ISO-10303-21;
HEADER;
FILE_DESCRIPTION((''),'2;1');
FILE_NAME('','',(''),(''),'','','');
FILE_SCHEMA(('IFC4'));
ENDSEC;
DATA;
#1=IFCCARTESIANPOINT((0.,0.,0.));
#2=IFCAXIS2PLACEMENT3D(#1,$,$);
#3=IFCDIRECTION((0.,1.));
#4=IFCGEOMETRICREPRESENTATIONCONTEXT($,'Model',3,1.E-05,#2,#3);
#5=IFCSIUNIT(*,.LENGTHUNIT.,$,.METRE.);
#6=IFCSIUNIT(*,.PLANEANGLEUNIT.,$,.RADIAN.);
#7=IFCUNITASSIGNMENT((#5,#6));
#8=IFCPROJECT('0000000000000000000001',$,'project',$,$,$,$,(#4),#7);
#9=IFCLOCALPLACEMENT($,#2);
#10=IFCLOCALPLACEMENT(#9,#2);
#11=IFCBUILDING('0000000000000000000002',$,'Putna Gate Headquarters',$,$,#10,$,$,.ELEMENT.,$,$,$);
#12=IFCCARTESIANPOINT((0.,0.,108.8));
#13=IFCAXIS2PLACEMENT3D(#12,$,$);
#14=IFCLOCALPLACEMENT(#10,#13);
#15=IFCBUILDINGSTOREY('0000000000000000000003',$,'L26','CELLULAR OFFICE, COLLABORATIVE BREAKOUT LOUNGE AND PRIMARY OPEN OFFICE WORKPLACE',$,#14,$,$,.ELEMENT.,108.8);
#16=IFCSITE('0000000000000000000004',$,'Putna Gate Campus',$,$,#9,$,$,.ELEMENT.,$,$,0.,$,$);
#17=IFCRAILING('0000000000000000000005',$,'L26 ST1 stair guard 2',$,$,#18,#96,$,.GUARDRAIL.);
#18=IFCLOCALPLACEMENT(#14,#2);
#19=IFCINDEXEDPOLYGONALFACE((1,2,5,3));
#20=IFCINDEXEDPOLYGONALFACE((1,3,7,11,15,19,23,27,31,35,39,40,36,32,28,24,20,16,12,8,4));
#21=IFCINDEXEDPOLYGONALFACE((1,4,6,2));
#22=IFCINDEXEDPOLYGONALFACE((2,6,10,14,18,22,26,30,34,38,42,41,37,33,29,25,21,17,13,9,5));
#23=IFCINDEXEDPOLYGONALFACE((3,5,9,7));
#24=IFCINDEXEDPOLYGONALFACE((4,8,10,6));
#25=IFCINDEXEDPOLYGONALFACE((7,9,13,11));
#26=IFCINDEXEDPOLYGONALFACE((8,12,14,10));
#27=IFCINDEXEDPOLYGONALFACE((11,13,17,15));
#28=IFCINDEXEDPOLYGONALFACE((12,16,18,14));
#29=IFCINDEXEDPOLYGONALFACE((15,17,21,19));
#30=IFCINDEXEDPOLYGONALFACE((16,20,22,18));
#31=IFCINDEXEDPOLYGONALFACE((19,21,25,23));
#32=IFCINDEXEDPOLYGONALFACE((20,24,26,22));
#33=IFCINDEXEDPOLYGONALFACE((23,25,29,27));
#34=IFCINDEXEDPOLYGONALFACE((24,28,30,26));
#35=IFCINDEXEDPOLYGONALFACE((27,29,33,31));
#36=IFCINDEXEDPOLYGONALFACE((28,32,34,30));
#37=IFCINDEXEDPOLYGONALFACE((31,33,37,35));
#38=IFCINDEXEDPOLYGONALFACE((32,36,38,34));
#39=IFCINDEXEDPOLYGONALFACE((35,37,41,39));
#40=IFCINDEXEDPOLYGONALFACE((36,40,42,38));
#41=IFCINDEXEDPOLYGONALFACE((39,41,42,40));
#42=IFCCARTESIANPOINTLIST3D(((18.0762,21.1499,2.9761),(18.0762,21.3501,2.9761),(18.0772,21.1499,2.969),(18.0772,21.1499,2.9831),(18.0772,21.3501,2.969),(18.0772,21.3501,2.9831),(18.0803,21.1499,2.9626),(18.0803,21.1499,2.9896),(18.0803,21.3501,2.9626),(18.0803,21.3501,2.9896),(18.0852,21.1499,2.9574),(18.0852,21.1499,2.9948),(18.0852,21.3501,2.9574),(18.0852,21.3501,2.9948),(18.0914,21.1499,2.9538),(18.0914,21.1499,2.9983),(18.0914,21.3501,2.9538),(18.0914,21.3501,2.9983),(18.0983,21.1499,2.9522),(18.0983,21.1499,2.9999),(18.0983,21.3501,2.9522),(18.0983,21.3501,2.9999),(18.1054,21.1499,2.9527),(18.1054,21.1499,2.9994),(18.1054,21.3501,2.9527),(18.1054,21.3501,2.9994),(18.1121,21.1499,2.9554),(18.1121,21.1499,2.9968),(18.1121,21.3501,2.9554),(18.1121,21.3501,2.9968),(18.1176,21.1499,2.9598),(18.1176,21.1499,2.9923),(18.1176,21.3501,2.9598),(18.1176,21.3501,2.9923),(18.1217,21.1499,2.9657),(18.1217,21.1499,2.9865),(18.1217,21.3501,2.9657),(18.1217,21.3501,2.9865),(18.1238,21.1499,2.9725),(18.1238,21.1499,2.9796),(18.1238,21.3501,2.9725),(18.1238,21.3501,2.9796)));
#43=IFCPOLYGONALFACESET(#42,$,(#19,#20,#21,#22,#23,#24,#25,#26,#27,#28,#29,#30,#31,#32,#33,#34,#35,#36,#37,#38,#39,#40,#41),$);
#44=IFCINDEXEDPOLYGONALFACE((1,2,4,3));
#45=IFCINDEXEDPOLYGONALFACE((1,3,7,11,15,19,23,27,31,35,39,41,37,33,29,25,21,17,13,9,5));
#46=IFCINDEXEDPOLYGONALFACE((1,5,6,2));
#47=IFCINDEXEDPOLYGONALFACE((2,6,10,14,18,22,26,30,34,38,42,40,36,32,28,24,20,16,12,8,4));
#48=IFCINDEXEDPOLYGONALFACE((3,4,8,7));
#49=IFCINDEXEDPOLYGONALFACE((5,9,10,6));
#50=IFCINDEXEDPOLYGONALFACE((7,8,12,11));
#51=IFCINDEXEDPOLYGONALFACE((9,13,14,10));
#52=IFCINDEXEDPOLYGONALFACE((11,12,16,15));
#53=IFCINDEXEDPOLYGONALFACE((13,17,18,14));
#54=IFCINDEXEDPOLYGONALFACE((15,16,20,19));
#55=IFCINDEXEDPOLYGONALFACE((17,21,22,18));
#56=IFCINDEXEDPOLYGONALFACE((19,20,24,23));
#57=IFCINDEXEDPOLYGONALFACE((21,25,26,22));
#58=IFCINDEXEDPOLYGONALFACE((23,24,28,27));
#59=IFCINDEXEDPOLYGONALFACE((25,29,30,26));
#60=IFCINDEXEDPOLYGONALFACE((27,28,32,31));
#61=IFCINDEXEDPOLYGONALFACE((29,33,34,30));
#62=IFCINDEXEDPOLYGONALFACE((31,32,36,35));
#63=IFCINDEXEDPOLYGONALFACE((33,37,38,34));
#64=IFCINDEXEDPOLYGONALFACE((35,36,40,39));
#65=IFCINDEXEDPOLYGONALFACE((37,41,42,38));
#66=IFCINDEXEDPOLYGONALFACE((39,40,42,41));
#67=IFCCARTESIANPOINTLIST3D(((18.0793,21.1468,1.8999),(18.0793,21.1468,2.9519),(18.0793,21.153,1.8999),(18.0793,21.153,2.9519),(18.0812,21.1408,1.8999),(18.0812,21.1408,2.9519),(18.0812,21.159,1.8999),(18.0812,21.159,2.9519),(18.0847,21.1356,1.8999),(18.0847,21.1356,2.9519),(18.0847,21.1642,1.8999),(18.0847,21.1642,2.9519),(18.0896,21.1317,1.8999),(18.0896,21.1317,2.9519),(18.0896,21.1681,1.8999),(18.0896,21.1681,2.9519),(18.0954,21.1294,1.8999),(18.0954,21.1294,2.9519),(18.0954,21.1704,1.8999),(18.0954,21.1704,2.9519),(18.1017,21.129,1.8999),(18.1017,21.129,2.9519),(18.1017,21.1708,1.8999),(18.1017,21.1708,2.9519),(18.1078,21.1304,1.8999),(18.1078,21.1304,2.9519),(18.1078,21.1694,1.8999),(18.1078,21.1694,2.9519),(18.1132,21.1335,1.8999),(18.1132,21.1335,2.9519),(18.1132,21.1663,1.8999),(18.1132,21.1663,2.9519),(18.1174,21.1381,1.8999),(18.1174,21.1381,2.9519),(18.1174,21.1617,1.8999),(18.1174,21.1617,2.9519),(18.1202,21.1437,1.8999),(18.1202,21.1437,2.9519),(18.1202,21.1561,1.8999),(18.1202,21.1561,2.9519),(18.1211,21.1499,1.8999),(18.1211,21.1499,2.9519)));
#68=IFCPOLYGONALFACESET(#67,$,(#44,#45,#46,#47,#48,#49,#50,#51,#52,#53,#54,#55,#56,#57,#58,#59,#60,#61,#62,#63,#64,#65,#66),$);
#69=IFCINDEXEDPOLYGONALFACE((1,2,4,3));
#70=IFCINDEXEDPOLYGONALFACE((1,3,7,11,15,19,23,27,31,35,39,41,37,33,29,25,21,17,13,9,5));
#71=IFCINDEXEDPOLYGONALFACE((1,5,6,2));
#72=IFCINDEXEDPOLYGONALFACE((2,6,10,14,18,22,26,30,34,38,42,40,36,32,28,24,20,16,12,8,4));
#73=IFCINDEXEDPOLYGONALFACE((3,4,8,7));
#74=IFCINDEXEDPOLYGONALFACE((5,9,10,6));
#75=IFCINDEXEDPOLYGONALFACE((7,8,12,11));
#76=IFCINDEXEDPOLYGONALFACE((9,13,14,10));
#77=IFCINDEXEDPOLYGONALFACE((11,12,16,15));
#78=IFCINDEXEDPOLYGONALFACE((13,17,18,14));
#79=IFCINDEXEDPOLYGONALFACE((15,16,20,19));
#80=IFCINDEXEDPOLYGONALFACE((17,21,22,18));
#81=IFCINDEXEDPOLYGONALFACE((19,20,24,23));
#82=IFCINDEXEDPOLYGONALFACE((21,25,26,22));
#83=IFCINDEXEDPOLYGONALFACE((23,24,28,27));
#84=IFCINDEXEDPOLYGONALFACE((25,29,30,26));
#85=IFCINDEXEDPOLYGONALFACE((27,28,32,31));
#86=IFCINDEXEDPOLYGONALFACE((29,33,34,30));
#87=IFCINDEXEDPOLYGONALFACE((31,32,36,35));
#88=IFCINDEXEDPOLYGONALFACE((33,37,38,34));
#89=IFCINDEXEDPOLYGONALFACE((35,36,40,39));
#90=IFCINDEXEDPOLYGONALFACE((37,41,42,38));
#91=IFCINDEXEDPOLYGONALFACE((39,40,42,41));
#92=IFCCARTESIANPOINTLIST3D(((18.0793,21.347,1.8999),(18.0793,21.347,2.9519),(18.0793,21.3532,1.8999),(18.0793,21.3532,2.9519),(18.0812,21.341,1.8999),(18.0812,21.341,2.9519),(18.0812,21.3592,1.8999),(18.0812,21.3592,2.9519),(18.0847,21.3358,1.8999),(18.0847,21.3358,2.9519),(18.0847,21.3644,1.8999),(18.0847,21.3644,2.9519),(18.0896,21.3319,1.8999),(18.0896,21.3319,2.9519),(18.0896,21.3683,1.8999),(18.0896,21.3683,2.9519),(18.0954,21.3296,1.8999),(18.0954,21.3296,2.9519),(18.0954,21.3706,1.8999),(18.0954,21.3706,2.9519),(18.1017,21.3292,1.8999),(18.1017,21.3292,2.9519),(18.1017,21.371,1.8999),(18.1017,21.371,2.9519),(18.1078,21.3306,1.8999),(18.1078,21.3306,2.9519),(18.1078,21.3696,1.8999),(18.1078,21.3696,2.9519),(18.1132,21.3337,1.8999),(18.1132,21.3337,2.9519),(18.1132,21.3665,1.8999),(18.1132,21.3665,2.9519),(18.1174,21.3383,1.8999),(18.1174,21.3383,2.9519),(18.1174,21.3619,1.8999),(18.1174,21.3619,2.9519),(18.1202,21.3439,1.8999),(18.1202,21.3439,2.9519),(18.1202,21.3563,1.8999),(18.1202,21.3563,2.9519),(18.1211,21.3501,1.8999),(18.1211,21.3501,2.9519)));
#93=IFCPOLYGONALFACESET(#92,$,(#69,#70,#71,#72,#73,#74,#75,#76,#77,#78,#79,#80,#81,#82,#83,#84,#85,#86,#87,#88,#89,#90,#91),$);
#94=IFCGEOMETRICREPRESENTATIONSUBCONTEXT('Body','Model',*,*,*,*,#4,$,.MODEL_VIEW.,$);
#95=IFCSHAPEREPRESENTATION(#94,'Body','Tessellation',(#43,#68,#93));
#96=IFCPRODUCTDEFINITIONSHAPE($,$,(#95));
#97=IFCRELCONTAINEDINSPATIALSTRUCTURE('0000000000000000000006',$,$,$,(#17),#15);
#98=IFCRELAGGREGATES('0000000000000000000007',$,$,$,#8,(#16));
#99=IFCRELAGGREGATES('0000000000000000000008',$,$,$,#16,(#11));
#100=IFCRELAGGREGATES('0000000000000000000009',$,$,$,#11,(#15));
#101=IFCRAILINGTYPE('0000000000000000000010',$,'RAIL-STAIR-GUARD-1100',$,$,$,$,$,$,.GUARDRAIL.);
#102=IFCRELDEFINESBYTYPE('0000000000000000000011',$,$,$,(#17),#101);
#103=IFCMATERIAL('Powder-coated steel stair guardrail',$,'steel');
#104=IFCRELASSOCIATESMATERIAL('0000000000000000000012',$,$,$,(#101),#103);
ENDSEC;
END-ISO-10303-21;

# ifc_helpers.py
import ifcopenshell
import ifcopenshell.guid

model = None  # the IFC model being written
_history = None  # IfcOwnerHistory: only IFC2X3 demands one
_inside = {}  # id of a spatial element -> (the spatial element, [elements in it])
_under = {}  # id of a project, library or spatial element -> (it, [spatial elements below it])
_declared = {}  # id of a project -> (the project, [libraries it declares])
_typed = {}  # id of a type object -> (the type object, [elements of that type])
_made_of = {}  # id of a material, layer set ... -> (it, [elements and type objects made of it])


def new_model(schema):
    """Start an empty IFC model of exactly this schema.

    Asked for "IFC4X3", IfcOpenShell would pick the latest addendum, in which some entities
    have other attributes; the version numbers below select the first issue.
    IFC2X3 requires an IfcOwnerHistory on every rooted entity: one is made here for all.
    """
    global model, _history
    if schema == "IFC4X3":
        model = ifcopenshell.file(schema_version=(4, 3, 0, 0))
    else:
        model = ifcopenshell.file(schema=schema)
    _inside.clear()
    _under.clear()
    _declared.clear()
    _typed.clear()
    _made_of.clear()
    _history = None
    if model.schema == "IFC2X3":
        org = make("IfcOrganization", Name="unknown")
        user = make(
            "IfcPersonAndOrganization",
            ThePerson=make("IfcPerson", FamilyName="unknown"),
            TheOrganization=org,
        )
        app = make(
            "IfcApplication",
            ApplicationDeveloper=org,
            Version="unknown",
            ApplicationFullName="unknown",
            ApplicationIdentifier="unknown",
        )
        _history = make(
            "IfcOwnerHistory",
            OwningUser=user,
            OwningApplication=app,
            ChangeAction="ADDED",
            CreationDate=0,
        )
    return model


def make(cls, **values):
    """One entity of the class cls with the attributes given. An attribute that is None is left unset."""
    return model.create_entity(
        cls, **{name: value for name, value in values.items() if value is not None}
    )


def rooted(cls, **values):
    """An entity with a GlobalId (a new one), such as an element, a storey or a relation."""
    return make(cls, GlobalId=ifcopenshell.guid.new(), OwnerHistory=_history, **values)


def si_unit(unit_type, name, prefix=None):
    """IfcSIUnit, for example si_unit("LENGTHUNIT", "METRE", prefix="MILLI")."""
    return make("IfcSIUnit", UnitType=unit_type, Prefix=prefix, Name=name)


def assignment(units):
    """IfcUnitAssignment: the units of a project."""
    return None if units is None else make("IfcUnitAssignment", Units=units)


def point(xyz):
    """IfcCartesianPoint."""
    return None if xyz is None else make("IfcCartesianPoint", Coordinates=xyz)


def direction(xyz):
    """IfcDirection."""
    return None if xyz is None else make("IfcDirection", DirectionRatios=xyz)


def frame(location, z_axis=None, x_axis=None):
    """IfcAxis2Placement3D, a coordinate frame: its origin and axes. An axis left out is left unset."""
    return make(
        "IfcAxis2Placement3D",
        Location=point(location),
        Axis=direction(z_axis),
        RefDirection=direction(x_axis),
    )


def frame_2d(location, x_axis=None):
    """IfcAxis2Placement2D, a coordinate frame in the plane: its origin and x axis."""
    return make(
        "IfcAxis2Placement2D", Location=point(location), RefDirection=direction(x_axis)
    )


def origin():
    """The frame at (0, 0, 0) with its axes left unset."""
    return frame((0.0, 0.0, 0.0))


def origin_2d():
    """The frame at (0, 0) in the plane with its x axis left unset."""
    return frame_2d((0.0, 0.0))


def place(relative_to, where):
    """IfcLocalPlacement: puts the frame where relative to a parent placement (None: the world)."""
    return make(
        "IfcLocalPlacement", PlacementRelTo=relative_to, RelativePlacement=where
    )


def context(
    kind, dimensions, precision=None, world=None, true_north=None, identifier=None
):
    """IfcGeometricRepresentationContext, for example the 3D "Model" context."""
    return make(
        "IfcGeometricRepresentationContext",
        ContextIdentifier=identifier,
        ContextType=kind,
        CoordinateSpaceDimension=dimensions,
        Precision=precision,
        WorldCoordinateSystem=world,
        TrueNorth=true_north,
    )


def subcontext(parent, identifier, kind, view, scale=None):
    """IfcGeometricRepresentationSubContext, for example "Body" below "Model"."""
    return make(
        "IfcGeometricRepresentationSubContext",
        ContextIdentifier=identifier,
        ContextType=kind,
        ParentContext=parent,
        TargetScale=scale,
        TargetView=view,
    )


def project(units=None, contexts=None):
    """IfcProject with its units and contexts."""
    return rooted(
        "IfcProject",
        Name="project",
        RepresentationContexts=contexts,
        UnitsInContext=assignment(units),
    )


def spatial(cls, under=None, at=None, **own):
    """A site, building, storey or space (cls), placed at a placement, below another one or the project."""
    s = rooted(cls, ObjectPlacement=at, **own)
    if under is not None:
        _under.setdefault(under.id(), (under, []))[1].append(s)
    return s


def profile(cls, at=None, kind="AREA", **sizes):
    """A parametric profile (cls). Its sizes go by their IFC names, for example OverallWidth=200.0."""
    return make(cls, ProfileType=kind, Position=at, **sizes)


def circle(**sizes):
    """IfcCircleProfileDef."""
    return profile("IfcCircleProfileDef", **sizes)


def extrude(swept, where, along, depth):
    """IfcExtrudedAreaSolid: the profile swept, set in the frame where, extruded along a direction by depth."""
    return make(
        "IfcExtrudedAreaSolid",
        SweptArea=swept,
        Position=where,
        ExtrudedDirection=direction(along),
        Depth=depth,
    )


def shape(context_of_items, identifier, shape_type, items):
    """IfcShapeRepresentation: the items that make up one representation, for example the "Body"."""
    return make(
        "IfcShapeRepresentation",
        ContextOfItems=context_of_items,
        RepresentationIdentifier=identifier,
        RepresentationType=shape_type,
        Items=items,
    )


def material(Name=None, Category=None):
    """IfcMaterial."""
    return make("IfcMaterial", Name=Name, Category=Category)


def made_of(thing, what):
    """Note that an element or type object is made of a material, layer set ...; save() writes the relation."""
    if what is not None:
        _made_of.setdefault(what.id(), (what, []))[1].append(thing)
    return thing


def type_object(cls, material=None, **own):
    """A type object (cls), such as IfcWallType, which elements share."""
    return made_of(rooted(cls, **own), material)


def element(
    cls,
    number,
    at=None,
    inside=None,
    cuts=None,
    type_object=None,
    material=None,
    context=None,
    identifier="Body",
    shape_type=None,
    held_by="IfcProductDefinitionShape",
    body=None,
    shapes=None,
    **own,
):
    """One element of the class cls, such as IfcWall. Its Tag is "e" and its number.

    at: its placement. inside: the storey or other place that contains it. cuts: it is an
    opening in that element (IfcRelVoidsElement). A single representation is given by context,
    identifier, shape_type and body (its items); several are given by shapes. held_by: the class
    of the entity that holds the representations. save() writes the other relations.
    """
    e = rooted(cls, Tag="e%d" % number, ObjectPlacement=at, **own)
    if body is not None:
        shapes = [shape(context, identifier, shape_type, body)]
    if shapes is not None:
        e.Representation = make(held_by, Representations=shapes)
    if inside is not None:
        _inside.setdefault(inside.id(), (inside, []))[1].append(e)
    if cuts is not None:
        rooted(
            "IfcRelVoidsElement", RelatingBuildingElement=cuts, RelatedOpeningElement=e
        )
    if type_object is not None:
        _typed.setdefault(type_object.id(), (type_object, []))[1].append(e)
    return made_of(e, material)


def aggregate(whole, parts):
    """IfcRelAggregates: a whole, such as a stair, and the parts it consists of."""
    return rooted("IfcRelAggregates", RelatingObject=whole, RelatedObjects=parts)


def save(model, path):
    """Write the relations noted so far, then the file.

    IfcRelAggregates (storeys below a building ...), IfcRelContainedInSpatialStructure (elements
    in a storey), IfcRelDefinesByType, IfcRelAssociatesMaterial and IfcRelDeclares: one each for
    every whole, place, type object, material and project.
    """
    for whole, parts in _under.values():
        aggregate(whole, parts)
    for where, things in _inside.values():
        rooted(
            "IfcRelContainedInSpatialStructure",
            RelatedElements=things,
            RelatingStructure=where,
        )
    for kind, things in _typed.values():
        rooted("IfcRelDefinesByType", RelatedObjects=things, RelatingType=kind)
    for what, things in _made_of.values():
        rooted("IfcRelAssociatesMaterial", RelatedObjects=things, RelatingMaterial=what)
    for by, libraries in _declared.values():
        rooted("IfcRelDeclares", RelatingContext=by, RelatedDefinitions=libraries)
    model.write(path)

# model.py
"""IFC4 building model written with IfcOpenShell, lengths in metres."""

from ifc_helpers import new_model, si_unit, direction, frame, origin, origin_2d, place, context, subcontext, project, spatial, circle, extrude, material, type_object, element, save


model = new_model("IFC4")

# Units and contexts
model_context = context("Model", 3, precision=1e-05, world=origin(), true_north=direction((0.0, 1.0)))
body_context = subcontext(model_context, "Body", "Model", "MODEL_VIEW")
ifc_project = project(units=[si_unit("LENGTHUNIT", "METRE"), si_unit("PLANEANGLEUNIT", "RADIAN")], contexts=[model_context])

# Site, building, storey
site_placement = place(None, origin())
site = spatial("IfcSite", under=ifc_project, at=site_placement, Name="Putna Gate Campus", CompositionType="ELEMENT", RefElevation=0.0)
building_placement = place(site_placement, origin())
building = spatial("IfcBuilding", under=site, at=building_placement, Name="Putna Gate Headquarters", CompositionType="ELEMENT")
storey_placement = place(building_placement, frame((0.0, 0.0, 108.8)))
storey = spatial("IfcBuildingStorey", under=building, at=storey_placement, Name="L26", Description="CELLULAR OFFICE, COLLABORATIVE BREAKOUT LOUNGE AND PRIMARY OPEN OFFICE WORKPLACE", CompositionType="ELEMENT", Elevation=108.8)

# Railing
ifc_material_1 = material(Name="Powder-coated steel stair guardrail", Category="steel")
railing_type_1 = type_object("IfcRailingType", Name="RAIL-STAIR-GUARD-1100", PredefinedType="GUARDRAIL", material=ifc_material_1)
railing_1_placement = place(storey_placement, frame((18.1001, 21.1499, 1.8999)))
element("IfcRailing", 1, at=railing_1_placement, inside=storey, type_object=railing_type_1, Name="L26 ST1 stair guard 2", PredefinedType="GUARDRAIL", context=body_context, shape_type="SweptSolid", body=[
    extrude(circle(Radius=0.0239, at=origin_2d()), frame((0.0, 0.0, 1.0762), z_axis=(0.0, 1.0, 0.0), x_axis=(-1.0, 0.0, 0.0)), (0.0, 0.0, 1.0), 0.2002),
    extrude(circle(Radius=0.021, at=origin_2d()), origin(), (0.0, 0.0, 1.0), 1.052),
    extrude(circle(Radius=0.021, at=origin_2d()), frame((0.0, 0.2002, 0.0)), (0.0, 0.0, 1.0), 1.052),
])

save(model, "model.ifc")
